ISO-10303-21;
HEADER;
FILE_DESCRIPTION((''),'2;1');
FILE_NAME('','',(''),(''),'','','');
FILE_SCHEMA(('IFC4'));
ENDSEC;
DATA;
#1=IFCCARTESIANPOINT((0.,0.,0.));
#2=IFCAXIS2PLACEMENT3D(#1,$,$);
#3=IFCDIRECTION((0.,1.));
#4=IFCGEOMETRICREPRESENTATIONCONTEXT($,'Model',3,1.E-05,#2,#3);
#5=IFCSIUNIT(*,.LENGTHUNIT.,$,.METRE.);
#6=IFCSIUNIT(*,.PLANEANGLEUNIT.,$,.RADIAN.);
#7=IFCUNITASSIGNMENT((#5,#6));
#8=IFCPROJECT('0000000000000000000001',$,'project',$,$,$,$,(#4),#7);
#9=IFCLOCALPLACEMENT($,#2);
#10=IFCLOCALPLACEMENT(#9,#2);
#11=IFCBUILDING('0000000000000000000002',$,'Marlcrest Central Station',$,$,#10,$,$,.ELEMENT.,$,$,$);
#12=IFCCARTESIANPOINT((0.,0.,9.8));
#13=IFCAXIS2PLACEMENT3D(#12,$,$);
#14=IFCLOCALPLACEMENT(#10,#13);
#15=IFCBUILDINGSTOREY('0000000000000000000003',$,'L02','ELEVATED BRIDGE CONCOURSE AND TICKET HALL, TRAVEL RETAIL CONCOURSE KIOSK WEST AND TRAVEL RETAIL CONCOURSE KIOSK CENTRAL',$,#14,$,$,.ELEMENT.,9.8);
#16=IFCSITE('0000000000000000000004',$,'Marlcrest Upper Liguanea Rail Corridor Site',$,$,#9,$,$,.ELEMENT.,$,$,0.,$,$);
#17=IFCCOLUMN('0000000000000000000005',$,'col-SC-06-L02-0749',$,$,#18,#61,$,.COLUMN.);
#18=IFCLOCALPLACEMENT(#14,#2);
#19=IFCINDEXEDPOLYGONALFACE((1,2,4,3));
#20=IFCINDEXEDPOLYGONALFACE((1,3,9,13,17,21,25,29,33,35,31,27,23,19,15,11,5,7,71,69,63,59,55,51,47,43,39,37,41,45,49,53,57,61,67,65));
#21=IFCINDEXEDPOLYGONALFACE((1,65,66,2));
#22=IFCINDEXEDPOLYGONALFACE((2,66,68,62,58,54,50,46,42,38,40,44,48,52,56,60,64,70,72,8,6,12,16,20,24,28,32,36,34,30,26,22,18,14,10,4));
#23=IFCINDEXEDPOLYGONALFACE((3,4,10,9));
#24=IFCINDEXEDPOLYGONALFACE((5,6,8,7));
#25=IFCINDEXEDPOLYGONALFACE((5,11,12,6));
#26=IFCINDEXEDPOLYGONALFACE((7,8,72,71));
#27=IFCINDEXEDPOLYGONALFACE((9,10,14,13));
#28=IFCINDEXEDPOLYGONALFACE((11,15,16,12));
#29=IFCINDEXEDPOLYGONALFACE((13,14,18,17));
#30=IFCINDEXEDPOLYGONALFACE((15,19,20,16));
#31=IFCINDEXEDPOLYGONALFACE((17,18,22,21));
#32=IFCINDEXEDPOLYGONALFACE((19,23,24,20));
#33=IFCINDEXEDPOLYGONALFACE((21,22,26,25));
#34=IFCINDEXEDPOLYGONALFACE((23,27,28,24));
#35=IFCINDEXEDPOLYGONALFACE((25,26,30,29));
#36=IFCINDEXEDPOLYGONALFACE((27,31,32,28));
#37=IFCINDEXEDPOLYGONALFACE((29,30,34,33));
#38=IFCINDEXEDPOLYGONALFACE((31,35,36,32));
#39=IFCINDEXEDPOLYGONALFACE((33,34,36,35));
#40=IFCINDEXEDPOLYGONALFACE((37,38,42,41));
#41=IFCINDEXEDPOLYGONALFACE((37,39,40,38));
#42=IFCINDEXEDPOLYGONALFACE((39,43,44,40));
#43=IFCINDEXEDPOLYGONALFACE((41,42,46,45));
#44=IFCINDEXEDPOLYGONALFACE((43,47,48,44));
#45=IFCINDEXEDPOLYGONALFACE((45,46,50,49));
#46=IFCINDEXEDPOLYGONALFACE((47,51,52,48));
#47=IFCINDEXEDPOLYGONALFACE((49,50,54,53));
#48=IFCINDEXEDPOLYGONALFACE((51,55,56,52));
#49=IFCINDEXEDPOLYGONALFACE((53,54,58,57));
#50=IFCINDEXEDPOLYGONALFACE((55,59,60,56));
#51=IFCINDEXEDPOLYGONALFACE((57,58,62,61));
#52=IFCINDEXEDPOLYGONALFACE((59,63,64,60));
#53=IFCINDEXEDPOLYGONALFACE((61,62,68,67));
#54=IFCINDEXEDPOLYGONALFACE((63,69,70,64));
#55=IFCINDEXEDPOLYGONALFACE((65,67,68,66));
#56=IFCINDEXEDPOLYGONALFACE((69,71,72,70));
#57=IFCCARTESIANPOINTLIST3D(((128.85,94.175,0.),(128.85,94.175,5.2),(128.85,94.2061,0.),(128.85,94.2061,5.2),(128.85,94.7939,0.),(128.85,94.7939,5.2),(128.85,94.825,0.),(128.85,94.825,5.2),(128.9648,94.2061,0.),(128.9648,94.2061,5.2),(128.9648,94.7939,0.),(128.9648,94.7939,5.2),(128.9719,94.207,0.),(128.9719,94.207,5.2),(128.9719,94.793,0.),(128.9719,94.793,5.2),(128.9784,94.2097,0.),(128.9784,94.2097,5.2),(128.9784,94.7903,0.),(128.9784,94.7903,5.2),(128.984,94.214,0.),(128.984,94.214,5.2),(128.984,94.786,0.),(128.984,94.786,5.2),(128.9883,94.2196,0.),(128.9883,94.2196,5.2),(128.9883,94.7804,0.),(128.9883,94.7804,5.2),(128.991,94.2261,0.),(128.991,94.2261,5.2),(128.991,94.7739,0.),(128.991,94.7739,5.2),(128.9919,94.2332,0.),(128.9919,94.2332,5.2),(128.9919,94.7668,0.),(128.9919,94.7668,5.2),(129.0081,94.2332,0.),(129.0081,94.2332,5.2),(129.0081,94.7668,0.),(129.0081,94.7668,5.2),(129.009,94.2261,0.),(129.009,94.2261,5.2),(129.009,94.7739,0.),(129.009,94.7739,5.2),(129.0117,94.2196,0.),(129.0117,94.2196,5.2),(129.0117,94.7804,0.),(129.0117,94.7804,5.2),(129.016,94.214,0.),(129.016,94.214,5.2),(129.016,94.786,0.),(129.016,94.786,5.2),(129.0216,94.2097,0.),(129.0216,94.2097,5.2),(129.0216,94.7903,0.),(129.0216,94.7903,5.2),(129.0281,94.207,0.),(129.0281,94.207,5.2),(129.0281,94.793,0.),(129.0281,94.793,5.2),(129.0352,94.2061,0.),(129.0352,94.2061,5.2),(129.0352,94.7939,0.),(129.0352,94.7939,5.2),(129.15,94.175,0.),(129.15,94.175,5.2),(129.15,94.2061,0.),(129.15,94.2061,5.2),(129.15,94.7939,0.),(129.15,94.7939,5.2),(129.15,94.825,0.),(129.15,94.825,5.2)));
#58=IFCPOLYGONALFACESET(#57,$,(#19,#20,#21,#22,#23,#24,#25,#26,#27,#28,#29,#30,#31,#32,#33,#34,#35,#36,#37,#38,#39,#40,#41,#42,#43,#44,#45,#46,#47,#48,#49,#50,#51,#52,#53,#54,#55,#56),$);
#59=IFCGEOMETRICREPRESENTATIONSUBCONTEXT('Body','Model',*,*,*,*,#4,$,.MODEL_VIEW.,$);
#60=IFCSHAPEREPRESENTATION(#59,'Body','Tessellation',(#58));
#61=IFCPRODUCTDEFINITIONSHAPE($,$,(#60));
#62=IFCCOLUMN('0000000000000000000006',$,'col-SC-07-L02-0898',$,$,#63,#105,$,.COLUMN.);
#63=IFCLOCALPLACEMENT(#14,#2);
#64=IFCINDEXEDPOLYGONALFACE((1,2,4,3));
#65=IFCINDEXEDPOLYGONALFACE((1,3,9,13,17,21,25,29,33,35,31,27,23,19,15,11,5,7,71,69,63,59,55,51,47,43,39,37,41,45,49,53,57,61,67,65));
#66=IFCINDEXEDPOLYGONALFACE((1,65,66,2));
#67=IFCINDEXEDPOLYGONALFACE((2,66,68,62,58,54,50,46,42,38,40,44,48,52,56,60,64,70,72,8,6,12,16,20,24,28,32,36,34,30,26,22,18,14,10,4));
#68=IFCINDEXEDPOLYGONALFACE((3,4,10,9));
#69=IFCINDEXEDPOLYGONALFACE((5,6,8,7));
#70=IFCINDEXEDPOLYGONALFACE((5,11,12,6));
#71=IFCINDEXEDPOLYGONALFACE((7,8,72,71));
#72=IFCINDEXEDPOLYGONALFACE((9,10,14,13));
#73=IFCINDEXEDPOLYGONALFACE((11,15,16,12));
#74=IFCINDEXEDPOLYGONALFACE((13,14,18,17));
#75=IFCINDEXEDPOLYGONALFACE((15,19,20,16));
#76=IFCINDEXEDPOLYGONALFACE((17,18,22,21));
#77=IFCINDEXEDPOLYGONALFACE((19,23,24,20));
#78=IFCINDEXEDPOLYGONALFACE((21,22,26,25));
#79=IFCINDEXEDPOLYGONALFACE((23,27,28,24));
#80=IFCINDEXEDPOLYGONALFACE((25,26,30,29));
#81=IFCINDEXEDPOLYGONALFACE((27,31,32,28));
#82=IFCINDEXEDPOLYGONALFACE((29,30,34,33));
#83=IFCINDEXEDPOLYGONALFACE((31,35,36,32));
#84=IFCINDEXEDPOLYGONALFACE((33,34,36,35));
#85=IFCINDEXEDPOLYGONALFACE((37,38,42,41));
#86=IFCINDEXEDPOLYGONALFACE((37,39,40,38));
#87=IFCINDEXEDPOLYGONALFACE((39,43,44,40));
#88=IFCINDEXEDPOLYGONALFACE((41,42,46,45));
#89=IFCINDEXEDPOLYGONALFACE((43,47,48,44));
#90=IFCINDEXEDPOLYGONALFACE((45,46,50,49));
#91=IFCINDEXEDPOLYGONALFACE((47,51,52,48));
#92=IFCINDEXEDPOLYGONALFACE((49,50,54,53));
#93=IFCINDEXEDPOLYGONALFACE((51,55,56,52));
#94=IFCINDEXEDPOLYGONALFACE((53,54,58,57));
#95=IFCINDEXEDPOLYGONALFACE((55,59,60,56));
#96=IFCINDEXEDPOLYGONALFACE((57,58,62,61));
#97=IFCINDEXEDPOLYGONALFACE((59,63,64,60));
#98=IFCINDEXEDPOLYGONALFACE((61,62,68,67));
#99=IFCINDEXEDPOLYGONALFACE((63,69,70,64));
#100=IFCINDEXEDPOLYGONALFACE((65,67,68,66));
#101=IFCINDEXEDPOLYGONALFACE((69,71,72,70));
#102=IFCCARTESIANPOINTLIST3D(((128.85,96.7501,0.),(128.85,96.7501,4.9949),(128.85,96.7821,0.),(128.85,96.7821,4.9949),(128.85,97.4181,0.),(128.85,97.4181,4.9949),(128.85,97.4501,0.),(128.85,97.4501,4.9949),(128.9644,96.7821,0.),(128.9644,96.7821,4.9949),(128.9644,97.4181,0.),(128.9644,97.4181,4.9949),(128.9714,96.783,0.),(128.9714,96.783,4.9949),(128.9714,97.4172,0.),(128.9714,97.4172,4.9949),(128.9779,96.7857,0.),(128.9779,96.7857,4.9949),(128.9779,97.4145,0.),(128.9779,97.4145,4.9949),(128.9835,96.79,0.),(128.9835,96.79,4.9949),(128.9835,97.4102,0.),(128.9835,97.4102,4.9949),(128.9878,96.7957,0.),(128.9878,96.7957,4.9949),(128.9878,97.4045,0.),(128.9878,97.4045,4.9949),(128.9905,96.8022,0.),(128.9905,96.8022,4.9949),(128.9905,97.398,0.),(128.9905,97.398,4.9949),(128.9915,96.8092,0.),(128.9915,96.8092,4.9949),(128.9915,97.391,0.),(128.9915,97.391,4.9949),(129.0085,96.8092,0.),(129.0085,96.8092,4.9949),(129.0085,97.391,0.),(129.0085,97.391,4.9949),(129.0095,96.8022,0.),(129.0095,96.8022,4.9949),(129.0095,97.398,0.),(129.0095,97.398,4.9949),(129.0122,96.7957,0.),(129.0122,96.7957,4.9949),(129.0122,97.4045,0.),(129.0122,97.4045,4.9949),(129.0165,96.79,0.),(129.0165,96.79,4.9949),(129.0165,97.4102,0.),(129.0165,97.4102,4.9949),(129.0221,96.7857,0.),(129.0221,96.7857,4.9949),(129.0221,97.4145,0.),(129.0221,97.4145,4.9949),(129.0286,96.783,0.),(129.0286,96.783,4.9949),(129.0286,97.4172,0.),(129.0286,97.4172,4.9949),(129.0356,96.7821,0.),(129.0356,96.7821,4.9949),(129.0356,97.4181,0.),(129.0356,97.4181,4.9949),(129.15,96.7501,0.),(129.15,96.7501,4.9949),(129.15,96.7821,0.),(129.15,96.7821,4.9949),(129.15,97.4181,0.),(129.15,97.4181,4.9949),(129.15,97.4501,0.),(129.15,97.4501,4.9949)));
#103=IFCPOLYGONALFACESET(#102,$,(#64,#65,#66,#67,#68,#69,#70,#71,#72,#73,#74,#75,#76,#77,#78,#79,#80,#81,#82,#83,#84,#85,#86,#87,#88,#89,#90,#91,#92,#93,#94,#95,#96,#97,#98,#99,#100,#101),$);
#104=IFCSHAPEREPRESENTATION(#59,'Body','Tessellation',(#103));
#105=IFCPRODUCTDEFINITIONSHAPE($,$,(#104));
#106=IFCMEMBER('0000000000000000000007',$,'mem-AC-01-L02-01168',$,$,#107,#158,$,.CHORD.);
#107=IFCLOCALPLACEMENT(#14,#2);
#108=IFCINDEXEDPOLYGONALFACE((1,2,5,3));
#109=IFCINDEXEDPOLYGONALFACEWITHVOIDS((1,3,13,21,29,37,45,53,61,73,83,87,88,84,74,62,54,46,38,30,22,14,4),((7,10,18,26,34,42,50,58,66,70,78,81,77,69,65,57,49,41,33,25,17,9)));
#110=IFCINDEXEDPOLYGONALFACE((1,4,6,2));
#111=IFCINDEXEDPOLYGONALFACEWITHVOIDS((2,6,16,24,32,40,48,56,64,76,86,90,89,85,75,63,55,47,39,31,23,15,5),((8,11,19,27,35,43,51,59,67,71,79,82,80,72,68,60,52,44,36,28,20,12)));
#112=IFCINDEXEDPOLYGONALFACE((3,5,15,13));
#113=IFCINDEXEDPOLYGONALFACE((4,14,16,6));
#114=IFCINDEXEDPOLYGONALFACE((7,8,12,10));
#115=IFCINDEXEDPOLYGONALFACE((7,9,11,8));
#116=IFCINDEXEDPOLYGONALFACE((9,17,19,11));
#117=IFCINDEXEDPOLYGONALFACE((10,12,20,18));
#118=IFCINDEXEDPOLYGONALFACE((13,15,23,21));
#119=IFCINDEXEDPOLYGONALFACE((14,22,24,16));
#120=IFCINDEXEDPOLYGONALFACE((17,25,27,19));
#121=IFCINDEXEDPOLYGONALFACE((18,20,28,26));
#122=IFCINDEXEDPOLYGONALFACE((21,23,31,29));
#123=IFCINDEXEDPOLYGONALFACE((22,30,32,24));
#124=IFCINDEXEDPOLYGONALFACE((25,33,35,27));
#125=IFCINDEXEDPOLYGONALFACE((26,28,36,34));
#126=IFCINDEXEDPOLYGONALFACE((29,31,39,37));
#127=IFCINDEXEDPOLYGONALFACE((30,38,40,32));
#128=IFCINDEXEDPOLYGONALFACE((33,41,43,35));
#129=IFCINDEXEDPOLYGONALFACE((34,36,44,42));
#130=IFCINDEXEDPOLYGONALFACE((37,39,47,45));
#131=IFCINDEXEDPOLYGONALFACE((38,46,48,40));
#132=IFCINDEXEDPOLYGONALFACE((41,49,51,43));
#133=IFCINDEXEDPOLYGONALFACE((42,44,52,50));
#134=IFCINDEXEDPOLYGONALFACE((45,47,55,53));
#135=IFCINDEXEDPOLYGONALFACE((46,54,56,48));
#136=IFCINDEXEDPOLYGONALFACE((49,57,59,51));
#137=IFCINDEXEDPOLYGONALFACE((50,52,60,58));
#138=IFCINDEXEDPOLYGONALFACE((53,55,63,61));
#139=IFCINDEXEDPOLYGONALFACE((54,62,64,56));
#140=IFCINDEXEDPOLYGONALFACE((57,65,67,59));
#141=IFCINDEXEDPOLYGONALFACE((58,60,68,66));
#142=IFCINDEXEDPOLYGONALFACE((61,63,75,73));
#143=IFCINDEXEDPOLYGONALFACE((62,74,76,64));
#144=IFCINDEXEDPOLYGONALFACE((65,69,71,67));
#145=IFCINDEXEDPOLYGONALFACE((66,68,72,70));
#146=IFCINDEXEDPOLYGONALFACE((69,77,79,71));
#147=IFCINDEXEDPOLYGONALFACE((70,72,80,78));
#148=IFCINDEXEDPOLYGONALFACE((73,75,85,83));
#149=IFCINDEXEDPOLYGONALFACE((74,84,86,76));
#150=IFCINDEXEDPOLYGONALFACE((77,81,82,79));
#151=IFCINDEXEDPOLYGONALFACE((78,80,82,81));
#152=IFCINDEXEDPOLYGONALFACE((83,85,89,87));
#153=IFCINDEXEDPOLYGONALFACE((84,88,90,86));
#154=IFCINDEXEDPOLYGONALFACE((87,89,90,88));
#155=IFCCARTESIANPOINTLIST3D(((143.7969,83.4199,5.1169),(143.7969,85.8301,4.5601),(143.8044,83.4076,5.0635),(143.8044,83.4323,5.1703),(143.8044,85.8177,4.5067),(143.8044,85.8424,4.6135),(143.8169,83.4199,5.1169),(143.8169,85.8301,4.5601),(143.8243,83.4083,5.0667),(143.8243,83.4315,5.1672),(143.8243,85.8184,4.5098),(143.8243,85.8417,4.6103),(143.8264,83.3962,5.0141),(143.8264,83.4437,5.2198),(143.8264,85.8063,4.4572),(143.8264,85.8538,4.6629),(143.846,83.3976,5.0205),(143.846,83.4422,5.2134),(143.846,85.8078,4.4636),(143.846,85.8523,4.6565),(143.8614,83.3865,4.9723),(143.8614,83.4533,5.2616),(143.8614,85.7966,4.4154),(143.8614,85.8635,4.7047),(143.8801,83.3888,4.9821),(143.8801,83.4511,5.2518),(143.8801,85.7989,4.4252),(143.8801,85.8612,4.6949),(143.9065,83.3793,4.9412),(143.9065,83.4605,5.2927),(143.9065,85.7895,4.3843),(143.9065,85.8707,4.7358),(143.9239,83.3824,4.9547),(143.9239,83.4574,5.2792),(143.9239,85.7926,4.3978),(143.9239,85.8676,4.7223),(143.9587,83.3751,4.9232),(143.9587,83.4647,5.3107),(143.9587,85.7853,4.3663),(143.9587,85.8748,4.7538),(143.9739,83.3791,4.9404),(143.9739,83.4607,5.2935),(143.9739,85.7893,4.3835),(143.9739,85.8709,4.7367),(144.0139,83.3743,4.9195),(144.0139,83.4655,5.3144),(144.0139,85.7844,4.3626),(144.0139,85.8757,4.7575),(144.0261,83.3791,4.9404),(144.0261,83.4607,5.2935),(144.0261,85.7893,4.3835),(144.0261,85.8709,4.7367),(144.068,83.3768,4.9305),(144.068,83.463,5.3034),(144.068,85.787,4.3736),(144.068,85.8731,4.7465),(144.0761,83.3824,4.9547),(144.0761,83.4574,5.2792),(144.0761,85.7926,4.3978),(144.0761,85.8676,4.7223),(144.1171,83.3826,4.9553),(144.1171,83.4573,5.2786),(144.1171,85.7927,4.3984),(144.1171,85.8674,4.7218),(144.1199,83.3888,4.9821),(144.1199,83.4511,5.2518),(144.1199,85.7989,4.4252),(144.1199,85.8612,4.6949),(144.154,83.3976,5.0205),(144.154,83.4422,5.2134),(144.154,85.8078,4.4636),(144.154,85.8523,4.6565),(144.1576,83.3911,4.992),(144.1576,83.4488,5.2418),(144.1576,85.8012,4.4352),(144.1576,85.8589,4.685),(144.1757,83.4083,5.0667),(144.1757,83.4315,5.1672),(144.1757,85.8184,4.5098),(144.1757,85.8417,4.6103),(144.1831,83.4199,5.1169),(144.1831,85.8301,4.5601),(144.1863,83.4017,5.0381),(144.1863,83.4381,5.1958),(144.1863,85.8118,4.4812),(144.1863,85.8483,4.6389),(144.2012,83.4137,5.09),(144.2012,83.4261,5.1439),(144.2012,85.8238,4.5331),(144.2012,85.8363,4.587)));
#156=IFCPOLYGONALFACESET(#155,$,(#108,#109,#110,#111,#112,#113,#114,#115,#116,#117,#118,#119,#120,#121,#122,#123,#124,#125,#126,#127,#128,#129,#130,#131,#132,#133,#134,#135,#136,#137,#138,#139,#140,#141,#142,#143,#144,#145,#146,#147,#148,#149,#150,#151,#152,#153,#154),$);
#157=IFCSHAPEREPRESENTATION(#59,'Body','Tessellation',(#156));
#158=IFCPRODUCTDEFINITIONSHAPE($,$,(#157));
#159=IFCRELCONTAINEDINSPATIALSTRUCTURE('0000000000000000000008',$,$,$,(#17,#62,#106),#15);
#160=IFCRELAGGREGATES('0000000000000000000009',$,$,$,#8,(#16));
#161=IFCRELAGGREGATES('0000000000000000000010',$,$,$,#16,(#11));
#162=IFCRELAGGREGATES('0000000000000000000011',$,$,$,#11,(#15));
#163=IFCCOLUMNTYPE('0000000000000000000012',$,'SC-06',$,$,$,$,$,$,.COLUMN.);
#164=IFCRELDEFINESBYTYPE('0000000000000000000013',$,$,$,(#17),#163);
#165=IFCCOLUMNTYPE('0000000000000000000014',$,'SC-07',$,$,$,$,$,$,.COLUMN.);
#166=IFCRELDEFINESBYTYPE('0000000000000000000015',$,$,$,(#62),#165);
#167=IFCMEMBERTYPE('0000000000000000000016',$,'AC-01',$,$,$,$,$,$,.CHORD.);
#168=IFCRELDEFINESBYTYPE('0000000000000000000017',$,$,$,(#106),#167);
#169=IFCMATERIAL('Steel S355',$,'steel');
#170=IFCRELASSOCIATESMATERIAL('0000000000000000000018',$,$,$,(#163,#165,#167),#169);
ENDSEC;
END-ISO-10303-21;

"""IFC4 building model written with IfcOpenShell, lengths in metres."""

from ifc_helpers import new_model, si_unit, direction, frame, origin, origin_2d, place, context, subcontext, project, spatial, hollow_circle, i_section, extrude, material, material_profile, profile_set, type_object, element, save


model = new_model("IFC4")

# Units and contexts
model_context = context("Model", 3, precision=1e-05, world=origin(), true_north=direction((0.0, 1.0)))
body_context = subcontext(model_context, "Body", "Model", "MODEL_VIEW")
ifc_project = project(units=[si_unit("LENGTHUNIT", "METRE"), si_unit("PLANEANGLEUNIT", "RADIAN")], contexts=[model_context])

# Site, building, storey
site_placement = place(None, origin())
site = spatial("IfcSite", under=ifc_project, at=site_placement, Name="Marlcrest Upper Liguanea Rail Corridor Site", CompositionType="ELEMENT", RefElevation=0.0)
building_placement = place(site_placement, origin())
building = spatial("IfcBuilding", under=site, at=building_placement, Name="Marlcrest Central Station", CompositionType="ELEMENT")
storey_placement = place(building_placement, frame((0.0, 0.0, 9.8)))
storey = spatial("IfcBuildingStorey", under=building, at=storey_placement, Name="L02", Description="ELEVATED BRIDGE CONCOURSE AND TICKET HALL, TRAVEL RETAIL CONCOURSE KIOSK WEST AND TRAVEL RETAIL CONCOURSE KIOSK CENTRAL", CompositionType="ELEMENT", Elevation=9.8)

# Columns
ifc_material_1 = material(Name="Steel S355", Category="steel")
ifc_material_profile_1 = material_profile(ifc_material_1, i_section(OverallWidth=0.3, OverallDepth=0.6499, WebThickness=0.0161, FlangeThickness=0.031, FilletRadius=0.0271, at=origin_2d()), Name="HEB 650")
ifc_profile_set_1 = profile_set([ifc_material_profile_1], Name="Steel S355")
column_type_1 = type_object("IfcColumnType", Name="SC-06", PredefinedType="COLUMN", material=ifc_profile_set_1)
column_1_placement = place(storey_placement, frame((129.0, 94.5, 0.0), z_axis=(0.0, 0.0, 1.0), x_axis=(1.0, 0.0, 0.0)))
element("IfcColumn", 1, at=column_1_placement, inside=storey, type_object=column_type_1, Name="col-SC-06-L02-0749", PredefinedType="COLUMN", context=body_context, shape_type="SweptSolid", body=[
    extrude(i_section(OverallWidth=0.3, OverallDepth=0.6499, WebThickness=0.0161, FlangeThickness=0.031, FilletRadius=0.0271, at=origin_2d()), origin(), (0.0, 0.0, 1.0), 5.2),
])
ifc_material_profile_2 = material_profile(ifc_material_1, i_section(OverallWidth=0.3, OverallDepth=0.7, WebThickness=0.0171, FlangeThickness=0.032, FilletRadius=0.0271, at=origin_2d()), Name="HEB 700")
ifc_profile_set_2 = profile_set([ifc_material_profile_2], Name="Steel S355")
column_type_2 = type_object("IfcColumnType", Name="SC-07", PredefinedType="COLUMN", material=ifc_profile_set_2)
column_2_placement = place(storey_placement, frame((129.0, 97.1001, 0.0), z_axis=(0.0, 0.0, 1.0), x_axis=(1.0, 0.0, 0.0)))
element("IfcColumn", 2, at=column_2_placement, inside=storey, type_object=column_type_2, Name="col-SC-07-L02-0898", PredefinedType="COLUMN", context=body_context, shape_type="SweptSolid", body=[
    extrude(i_section(OverallWidth=0.3, OverallDepth=0.7, WebThickness=0.0171, FlangeThickness=0.032, FilletRadius=0.0271, at=origin_2d()), origin(), (0.0, 0.0, 1.0), 4.9949),
])

# Member
ifc_material_profile_3 = material_profile(ifc_material_1, hollow_circle(Radius=0.2031, WallThickness=0.02, at=origin_2d()), Name="CHS 406.4x20")
ifc_profile_set_3 = profile_set([ifc_material_profile_3], Name="Steel S355")
member_type_1 = type_object("IfcMemberType", Name="AC-01", PredefinedType="CHORD", material=ifc_profile_set_3)
member_1_placement = place(storey_placement, frame((144.0, 83.4199, 5.1169), z_axis=(0.0, 0.97433, -0.225126), x_axis=(-1.0, 0.0, 0.0)))
element("IfcMember", 3, at=member_1_placement, inside=storey, type_object=member_type_1, Name="mem-AC-01-L02-01168", PredefinedType="CHORD", context=body_context, shape_type="SweptSolid", body=[
    extrude(hollow_circle(Radius=0.2031, WallThickness=0.02, at=origin_2d()), origin(), (0.0, 0.0, 1.0), 2.4736),
])

save(model, "model.ifc")
